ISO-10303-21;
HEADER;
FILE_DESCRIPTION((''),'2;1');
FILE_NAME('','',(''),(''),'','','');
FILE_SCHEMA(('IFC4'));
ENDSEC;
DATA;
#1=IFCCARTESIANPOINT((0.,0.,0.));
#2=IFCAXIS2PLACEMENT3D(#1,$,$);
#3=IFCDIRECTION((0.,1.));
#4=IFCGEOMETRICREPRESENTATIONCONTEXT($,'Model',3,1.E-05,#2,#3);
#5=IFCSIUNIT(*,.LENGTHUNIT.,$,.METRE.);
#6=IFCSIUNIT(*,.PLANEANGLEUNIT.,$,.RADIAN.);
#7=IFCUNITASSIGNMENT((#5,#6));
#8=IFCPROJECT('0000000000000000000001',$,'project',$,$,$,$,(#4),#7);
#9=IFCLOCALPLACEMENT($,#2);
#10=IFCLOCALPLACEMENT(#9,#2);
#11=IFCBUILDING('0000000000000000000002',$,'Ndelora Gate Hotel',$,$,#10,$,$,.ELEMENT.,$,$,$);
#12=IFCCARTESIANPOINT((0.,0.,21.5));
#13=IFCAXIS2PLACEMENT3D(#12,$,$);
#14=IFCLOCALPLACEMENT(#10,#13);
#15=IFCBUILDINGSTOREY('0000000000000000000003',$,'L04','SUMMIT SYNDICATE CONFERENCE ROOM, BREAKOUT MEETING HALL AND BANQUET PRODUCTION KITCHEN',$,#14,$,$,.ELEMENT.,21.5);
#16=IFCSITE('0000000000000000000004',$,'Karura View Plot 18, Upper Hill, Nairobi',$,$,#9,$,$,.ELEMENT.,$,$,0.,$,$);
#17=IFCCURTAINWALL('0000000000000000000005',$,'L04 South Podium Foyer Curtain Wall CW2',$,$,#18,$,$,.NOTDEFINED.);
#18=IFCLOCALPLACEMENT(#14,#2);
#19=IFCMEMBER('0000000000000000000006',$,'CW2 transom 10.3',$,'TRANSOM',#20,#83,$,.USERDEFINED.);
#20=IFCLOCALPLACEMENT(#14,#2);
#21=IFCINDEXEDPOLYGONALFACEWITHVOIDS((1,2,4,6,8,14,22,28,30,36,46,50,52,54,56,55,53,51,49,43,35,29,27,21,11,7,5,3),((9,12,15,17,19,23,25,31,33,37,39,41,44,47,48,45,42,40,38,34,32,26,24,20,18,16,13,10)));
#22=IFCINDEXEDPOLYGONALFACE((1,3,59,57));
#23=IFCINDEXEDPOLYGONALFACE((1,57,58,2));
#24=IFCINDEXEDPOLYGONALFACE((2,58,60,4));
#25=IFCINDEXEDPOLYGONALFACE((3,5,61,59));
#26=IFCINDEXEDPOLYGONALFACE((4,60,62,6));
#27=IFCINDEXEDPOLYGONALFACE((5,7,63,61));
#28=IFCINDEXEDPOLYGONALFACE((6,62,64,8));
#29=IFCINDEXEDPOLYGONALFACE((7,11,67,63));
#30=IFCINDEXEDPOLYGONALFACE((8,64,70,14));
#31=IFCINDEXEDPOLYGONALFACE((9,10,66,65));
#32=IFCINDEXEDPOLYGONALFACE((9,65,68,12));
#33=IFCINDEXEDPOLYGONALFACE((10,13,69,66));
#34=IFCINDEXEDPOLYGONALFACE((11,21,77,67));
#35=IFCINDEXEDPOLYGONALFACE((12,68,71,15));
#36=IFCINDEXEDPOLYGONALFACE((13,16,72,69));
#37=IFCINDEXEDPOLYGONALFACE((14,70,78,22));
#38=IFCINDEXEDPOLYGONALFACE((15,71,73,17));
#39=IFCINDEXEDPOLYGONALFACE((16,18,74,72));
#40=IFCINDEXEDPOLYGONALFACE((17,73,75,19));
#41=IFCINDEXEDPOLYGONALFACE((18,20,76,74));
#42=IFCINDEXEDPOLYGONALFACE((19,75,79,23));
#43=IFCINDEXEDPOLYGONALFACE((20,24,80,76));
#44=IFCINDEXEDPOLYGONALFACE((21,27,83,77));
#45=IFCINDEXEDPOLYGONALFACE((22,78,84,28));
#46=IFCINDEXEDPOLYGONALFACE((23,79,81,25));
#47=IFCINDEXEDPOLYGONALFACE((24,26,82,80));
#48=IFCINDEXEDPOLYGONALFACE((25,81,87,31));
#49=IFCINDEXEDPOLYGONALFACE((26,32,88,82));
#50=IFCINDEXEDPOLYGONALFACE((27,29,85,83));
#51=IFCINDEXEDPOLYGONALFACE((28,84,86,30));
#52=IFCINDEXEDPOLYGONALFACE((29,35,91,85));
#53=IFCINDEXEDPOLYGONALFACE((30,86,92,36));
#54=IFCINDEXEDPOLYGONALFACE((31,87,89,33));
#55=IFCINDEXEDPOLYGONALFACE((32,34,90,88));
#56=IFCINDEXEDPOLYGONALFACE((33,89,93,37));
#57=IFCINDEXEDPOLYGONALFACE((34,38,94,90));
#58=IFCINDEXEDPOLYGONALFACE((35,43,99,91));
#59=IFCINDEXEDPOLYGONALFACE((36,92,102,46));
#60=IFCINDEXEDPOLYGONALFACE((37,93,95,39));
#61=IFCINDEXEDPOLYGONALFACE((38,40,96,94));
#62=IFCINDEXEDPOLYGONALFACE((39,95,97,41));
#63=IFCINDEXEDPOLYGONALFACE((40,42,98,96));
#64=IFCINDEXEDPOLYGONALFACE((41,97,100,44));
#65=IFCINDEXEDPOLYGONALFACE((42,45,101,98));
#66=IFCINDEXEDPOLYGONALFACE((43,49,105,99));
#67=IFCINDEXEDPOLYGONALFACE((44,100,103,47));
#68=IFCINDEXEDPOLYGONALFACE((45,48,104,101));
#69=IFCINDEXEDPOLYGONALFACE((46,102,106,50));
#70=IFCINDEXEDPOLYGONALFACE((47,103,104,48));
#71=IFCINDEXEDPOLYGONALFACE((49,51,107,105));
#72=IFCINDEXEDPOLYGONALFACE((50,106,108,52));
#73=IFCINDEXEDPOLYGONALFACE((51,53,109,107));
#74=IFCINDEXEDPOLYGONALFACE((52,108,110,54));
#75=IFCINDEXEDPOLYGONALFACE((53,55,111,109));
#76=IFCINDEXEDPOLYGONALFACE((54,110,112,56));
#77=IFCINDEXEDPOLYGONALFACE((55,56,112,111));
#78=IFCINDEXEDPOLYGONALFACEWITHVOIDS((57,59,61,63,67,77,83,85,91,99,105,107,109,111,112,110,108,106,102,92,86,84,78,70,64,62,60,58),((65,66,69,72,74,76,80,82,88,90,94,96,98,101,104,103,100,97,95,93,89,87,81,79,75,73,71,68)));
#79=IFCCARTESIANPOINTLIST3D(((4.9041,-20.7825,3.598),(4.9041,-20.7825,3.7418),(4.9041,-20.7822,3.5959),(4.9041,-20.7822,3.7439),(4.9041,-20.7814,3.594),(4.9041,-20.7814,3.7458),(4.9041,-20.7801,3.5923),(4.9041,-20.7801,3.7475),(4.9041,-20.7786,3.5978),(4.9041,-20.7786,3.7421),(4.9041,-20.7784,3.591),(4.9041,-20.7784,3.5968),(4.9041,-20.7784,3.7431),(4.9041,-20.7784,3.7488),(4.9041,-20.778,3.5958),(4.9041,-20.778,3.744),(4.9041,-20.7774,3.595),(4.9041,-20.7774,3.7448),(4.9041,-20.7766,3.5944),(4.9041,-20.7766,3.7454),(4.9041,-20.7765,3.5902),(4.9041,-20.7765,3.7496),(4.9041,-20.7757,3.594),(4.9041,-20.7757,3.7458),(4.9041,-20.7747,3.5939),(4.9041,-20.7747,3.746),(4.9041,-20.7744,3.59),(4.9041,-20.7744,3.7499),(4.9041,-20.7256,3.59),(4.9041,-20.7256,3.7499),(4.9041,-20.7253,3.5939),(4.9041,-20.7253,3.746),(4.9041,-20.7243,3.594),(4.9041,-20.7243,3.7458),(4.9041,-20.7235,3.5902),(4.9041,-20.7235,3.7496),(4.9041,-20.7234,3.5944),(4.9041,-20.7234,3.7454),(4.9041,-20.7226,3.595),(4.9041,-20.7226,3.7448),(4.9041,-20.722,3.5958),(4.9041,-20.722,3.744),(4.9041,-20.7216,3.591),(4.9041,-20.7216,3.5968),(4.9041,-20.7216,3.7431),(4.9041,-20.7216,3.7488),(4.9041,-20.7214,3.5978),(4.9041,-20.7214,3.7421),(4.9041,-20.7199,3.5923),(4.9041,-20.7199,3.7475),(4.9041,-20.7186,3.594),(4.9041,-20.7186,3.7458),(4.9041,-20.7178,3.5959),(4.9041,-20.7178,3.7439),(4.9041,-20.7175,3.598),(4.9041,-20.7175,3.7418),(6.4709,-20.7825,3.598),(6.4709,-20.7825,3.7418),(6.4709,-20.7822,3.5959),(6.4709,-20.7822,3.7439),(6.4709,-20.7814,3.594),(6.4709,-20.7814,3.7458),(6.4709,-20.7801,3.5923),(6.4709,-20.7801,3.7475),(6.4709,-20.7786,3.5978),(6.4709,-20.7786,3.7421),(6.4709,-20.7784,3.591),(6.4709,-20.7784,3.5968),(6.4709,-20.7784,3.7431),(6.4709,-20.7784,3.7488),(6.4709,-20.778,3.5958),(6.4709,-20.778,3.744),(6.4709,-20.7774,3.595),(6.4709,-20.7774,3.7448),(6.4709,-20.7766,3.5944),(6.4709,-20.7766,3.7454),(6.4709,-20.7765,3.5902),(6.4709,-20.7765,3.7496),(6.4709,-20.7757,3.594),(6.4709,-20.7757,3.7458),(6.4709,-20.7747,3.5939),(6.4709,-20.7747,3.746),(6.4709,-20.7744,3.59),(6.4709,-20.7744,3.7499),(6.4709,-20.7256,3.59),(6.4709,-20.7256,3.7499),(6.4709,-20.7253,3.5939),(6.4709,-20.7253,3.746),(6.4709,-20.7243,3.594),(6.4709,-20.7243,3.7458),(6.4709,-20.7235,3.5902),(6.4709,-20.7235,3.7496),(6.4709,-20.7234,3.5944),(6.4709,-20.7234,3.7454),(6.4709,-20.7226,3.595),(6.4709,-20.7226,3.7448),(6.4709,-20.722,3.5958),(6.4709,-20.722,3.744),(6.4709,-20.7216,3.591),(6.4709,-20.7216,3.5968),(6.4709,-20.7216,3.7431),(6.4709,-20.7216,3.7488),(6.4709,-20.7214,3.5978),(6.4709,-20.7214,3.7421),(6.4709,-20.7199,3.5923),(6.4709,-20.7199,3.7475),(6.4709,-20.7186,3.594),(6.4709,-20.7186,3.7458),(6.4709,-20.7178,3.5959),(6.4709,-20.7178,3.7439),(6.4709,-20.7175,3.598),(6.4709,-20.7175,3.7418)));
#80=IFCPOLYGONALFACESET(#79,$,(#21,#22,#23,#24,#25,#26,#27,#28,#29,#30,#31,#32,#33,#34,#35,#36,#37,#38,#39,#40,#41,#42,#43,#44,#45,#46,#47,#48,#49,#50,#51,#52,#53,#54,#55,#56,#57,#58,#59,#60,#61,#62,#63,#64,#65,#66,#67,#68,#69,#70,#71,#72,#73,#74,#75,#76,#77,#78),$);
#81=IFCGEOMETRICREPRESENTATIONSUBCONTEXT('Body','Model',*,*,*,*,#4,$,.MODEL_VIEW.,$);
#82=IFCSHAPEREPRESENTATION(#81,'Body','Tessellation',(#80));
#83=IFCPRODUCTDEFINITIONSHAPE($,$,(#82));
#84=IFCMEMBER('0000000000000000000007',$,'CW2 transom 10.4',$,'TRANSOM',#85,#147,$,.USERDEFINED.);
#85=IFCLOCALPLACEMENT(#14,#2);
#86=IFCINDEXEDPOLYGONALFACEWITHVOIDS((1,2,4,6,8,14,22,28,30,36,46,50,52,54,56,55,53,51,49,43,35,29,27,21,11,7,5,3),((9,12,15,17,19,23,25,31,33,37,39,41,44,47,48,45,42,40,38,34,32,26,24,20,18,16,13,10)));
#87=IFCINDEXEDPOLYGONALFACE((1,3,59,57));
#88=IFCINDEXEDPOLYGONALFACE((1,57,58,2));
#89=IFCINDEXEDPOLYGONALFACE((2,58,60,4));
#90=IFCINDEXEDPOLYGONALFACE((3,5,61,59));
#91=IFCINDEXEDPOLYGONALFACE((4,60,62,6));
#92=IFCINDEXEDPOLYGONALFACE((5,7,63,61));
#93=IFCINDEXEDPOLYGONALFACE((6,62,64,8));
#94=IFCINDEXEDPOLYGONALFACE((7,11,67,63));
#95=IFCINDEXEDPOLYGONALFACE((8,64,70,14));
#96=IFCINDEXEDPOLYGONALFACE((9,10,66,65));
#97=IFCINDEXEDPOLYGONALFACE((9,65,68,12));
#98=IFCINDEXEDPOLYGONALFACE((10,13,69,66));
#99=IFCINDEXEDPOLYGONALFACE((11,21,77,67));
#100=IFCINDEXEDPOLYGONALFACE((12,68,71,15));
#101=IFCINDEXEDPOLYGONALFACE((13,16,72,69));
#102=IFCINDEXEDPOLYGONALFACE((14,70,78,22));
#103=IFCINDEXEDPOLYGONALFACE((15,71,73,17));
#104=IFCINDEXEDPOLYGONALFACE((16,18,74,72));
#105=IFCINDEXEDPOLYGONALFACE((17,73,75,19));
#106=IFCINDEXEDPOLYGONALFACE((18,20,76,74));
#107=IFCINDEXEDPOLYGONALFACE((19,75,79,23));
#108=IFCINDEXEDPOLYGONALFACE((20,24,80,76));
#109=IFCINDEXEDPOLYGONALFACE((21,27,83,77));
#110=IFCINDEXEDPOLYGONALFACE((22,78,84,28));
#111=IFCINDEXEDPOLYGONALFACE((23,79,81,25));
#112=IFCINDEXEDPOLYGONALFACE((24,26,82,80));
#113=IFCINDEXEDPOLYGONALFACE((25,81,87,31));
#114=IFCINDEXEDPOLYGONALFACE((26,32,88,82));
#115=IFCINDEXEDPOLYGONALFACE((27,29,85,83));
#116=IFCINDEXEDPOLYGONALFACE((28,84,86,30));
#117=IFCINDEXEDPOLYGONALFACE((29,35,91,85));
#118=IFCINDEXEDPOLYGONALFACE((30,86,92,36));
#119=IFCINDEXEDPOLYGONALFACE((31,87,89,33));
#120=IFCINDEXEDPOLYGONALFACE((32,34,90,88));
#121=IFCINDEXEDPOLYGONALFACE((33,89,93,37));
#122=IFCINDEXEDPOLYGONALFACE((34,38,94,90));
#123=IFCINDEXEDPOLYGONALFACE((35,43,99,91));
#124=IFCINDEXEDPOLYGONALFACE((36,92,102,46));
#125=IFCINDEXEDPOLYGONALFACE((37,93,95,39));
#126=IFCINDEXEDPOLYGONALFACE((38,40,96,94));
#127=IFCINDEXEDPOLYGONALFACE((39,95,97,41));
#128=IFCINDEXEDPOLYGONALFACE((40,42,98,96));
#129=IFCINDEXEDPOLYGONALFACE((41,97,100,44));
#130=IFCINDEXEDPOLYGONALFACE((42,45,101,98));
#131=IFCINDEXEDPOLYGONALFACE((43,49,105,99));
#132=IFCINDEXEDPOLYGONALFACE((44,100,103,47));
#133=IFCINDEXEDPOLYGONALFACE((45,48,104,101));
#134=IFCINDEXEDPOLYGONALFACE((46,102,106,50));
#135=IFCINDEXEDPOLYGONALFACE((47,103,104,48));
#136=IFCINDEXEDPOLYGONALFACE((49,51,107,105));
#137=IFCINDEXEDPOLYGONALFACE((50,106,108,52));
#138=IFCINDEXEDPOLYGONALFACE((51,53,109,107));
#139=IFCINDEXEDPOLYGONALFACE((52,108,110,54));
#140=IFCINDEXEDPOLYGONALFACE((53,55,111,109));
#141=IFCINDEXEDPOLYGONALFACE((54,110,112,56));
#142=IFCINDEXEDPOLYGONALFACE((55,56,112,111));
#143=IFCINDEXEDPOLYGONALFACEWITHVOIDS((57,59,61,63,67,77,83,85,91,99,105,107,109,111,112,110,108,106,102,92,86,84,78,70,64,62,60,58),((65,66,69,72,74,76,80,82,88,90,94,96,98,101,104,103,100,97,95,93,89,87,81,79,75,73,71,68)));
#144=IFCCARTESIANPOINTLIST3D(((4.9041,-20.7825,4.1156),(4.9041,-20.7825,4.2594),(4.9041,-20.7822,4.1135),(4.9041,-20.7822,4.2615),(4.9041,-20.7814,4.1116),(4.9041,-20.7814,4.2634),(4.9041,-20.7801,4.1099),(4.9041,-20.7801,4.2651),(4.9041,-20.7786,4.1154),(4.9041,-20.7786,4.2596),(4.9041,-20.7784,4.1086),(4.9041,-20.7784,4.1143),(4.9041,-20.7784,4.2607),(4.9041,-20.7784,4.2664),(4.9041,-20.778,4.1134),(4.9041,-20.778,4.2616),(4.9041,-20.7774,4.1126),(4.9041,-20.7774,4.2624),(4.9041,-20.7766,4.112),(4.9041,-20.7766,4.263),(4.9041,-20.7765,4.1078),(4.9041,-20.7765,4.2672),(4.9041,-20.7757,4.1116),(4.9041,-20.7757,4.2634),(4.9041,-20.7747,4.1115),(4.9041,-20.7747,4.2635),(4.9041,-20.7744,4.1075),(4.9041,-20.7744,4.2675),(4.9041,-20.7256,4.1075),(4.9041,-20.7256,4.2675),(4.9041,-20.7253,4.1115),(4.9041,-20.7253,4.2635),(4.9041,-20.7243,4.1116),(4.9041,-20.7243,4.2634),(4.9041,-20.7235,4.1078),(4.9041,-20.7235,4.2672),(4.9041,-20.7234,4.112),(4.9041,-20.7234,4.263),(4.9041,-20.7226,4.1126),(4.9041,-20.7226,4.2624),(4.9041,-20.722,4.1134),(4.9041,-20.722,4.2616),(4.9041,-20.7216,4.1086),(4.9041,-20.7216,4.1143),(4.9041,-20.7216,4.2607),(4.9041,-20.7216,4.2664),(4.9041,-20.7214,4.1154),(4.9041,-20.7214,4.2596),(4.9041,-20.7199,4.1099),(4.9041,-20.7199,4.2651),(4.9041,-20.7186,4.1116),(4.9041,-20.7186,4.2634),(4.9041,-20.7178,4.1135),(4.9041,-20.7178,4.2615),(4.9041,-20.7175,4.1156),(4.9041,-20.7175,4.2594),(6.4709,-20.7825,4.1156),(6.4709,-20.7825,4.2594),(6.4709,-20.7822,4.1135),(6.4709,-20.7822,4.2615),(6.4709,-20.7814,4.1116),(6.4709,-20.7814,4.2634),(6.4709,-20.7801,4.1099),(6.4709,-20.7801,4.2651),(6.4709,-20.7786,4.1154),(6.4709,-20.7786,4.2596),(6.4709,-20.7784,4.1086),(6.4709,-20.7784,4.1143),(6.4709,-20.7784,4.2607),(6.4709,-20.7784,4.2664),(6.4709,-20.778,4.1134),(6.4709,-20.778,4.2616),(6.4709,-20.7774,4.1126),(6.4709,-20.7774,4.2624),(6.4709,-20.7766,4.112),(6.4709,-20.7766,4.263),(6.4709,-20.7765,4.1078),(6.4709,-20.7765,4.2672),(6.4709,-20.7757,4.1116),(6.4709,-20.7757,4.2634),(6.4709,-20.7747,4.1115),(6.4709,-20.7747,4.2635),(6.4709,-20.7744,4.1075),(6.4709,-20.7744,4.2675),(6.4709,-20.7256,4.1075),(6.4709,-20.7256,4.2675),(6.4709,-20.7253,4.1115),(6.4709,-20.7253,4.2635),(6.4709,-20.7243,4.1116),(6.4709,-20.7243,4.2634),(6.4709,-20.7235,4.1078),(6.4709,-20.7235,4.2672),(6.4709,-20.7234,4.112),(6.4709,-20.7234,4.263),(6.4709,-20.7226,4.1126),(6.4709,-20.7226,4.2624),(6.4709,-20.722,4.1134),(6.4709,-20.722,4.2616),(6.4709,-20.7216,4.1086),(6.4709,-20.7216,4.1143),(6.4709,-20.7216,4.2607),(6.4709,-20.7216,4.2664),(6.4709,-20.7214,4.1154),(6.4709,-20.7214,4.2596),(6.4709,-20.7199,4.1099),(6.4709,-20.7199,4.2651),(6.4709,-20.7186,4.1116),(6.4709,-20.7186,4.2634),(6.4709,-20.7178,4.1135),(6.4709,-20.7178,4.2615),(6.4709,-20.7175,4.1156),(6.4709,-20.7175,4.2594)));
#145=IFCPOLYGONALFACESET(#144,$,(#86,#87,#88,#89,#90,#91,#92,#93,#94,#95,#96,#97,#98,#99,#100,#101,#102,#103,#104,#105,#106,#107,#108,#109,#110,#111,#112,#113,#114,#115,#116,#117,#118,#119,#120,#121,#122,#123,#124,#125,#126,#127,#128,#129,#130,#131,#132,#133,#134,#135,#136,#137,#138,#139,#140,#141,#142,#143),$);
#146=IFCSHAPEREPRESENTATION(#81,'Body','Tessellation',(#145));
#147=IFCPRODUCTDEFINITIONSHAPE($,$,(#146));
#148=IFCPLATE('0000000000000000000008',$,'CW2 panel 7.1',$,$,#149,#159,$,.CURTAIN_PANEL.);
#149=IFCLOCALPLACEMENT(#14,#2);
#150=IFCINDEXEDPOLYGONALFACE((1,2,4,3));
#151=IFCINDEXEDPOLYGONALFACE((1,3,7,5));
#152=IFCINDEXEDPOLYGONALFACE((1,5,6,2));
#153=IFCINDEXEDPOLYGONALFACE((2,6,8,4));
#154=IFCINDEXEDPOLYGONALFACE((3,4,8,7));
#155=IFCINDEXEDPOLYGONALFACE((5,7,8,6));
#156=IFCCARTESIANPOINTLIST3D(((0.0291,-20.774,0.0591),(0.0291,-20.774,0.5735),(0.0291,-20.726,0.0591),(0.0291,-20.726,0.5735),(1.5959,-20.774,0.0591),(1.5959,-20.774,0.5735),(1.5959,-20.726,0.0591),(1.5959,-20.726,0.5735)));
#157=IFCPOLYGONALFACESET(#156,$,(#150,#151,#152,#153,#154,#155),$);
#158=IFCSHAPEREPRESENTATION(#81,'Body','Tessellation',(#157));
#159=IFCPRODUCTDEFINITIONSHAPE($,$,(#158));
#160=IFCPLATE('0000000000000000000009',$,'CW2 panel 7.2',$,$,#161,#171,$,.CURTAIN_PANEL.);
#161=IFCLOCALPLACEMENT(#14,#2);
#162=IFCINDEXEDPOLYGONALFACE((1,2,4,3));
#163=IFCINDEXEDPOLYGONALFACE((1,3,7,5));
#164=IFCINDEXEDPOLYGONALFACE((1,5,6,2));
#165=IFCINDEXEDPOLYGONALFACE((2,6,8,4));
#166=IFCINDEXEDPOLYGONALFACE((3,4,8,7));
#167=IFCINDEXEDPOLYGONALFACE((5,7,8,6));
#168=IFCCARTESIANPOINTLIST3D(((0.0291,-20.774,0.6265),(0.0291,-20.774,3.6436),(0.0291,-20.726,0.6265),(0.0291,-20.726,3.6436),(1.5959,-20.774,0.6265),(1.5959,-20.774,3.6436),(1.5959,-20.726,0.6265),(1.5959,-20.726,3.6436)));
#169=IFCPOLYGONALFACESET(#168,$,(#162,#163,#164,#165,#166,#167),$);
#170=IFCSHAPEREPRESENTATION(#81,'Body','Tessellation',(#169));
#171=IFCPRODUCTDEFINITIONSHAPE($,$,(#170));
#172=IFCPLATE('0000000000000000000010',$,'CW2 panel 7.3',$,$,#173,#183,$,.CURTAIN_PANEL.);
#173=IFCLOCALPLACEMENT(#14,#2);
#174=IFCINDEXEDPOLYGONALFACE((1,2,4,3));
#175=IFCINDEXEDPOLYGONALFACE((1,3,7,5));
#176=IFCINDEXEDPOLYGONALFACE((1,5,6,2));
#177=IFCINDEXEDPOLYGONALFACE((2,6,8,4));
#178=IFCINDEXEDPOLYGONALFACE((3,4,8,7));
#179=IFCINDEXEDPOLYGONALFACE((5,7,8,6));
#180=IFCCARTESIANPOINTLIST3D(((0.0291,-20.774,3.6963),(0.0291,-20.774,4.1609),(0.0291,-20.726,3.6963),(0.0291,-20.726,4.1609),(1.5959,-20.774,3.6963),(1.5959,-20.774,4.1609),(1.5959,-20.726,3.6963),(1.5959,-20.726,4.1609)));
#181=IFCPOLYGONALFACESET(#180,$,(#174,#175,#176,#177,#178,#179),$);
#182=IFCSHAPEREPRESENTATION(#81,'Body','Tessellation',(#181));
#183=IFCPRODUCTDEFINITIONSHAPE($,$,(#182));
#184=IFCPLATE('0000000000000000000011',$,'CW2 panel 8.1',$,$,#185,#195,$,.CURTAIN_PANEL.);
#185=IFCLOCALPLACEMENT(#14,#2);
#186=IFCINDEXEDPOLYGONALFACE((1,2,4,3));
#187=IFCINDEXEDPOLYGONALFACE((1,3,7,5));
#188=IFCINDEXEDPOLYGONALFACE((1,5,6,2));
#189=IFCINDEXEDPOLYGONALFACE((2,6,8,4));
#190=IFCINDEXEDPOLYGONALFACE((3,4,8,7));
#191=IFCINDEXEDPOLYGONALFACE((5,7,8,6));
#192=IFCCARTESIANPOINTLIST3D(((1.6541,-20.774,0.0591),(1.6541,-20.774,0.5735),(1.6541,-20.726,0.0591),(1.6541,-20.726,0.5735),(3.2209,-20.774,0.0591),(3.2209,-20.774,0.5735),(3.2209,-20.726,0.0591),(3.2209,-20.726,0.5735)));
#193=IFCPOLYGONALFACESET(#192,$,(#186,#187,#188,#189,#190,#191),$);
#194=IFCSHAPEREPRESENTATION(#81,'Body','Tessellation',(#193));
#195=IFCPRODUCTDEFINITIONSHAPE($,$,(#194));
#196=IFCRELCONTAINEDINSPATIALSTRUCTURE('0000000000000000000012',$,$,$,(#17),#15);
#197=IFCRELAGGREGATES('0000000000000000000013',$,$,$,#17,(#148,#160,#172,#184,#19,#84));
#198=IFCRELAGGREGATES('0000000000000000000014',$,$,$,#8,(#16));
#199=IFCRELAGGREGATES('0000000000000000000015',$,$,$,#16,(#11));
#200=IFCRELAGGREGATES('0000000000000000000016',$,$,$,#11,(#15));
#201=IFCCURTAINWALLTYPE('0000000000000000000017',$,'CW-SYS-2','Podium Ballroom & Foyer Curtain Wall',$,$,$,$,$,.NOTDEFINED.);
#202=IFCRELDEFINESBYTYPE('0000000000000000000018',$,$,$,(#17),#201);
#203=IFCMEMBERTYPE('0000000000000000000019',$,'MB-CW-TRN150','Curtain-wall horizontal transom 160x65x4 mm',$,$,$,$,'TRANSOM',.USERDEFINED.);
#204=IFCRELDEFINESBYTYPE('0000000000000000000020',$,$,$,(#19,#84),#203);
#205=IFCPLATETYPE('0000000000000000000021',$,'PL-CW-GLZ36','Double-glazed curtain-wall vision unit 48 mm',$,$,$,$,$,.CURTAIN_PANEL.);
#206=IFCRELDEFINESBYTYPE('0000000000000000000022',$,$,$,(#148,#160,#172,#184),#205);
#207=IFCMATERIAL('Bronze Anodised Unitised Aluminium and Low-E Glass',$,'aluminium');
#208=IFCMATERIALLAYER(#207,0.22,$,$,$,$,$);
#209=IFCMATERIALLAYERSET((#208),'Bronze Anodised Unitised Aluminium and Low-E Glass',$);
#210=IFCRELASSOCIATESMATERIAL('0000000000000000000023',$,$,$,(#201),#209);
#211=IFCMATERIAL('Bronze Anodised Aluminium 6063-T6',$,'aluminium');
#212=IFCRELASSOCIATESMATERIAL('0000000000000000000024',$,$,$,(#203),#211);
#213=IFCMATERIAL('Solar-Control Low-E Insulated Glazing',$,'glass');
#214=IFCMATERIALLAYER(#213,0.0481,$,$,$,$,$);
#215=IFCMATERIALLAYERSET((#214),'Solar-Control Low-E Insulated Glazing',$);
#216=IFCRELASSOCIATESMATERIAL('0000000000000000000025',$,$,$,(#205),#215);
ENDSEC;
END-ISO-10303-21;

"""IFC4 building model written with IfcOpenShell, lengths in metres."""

from ifc_helpers import new_model, si_unit, direction, frame, origin, origin_2d, place, context, subcontext, project, spatial, rectangle, hollow_rectangle, extrude, material, layer, layer_set, material_profile, profile_set, type_object, element, aggregate, save


model = new_model("IFC4")

# Units and contexts
model_context = context("Model", 3, precision=1e-05, world=origin(), true_north=direction((0.0, 1.0)))
body_context = subcontext(model_context, "Body", "Model", "MODEL_VIEW")
ifc_project = project(units=[si_unit("LENGTHUNIT", "METRE"), si_unit("PLANEANGLEUNIT", "RADIAN")], contexts=[model_context])

# Site, building, storey
site_placement = place(None, origin())
site = spatial("IfcSite", under=ifc_project, at=site_placement, Name="Karura View Plot 18, Upper Hill, Nairobi", CompositionType="ELEMENT", RefElevation=0.0)
building_placement = place(site_placement, origin())
building = spatial("IfcBuilding", under=site, at=building_placement, Name="Ndelora Gate Hotel", CompositionType="ELEMENT")
storey_placement = place(building_placement, frame((0.0, 0.0, 21.5)))
storey = spatial("IfcBuildingStorey", under=building, at=storey_placement, Name="L04", Description="SUMMIT SYNDICATE CONFERENCE ROOM, BREAKOUT MEETING HALL AND BANQUET PRODUCTION KITCHEN", CompositionType="ELEMENT", Elevation=21.5)

# Curtain wall, members, plates
ifc_material_1 = material(Name="Bronze Anodised Unitised Aluminium and Low-E Glass", Category="aluminium")
ifc_layer_1 = layer(ifc_material_1, 0.22)
ifc_layer_set_1 = layer_set([ifc_layer_1], Name="Bronze Anodised Unitised Aluminium and Low-E Glass")
curtain_wall_type = type_object("IfcCurtainWallType", Name="CW-SYS-2", Description="Podium Ballroom & Foyer Curtain Wall", PredefinedType="NOTDEFINED", material=ifc_layer_set_1)
curtain_wall_placement = place(storey_placement, origin())
curtain_wall = element("IfcCurtainWall", 1, at=curtain_wall_placement, inside=storey, type_object=curtain_wall_type, Name="L04 South Podium Foyer Curtain Wall CW2", PredefinedType="NOTDEFINED")
ifc_material_2 = material(Name="Bronze Anodised Aluminium 6063-T6", Category="aluminium")
ifc_material_profile_1 = material_profile(ifc_material_2, hollow_rectangle(XDim=0.0649, YDim=0.1599, WallThickness=0.0039, InnerFilletRadius=0.0039, OuterFilletRadius=0.0081, at=origin_2d()), Name="ALU 160x65x4")
ifc_profile_set_1 = profile_set([ifc_material_profile_1], Name="Bronze Anodised Aluminium 6063-T6")
member_type_1 = type_object("IfcMemberType", Name="MB-CW-TRN150", Description="Curtain-wall horizontal transom 160x65x4 mm", ElementType="TRANSOM", PredefinedType="USERDEFINED", material=ifc_profile_set_1)
member_1_placement = place(storey_placement, frame((4.9041, -20.75, 3.6699), z_axis=(1.0, 0.0, 0.0), x_axis=(0.0, 1.0, 0.0)))
member_1 = element("IfcMember", 2, at=member_1_placement, type_object=member_type_1, Name="CW2 transom 10.3", ObjectType="TRANSOM", PredefinedType="USERDEFINED", context=body_context, shape_type="SweptSolid", body=[
    extrude(hollow_rectangle(XDim=0.0649, YDim=0.1599, WallThickness=0.0039, InnerFilletRadius=0.0039, OuterFilletRadius=0.0081, at=origin_2d()), origin(), (0.0, 0.0, 1.0), 1.5669),
])
member_2_placement = place(storey_placement, frame((4.9041, -20.75, 4.1875), z_axis=(1.0, 0.0, 0.0), x_axis=(0.0, 1.0, 0.0)))
member_2 = element("IfcMember", 3, at=member_2_placement, type_object=member_type_1, Name="CW2 transom 10.4", ObjectType="TRANSOM", PredefinedType="USERDEFINED", context=body_context, shape_type="SweptSolid", body=[
    extrude(hollow_rectangle(XDim=0.0649, YDim=0.1599, WallThickness=0.0039, InnerFilletRadius=0.0039, OuterFilletRadius=0.0081, at=origin_2d()), origin(), (0.0, 0.0, 1.0), 1.5669),
])
ifc_material_3 = material(Name="Solar-Control Low-E Insulated Glazing", Category="glass")
ifc_layer_2 = layer(ifc_material_3, 0.0481)
ifc_layer_set_2 = layer_set([ifc_layer_2], Name="Solar-Control Low-E Insulated Glazing")
plate_type = type_object("IfcPlateType", Name="PL-CW-GLZ36", Description="Double-glazed curtain-wall vision unit 48 mm", PredefinedType="CURTAIN_PANEL", material=ifc_layer_set_2)
plate_1_placement = place(storey_placement, frame((0.8125, -20.75, 0.0591), z_axis=(0.0, 0.0, 1.0), x_axis=(1.0, 0.0, 0.0)))
plate_1 = element("IfcPlate", 4, at=plate_1_placement, type_object=plate_type, Name="CW2 panel 7.1", PredefinedType="CURTAIN_PANEL", context=body_context, shape_type="SweptSolid", body=[
    extrude(rectangle(XDim=1.5669, YDim=0.0481, at=origin_2d()), origin(), (0.0, 0.0, 1.0), 0.5144),
])
plate_2_placement = place(storey_placement, frame((0.8125, -20.75, 0.6265), z_axis=(0.0, 0.0, 1.0), x_axis=(1.0, 0.0, 0.0)))
plate_2 = element("IfcPlate", 5, at=plate_2_placement, type_object=plate_type, Name="CW2 panel 7.2", PredefinedType="CURTAIN_PANEL", context=body_context, shape_type="SweptSolid", body=[
    extrude(rectangle(XDim=1.5669, YDim=0.0481, at=origin_2d()), origin(), (0.0, 0.0, 1.0), 3.0171),
])
plate_3_placement = place(storey_placement, frame((0.8125, -20.75, 3.6963), z_axis=(0.0, 0.0, 1.0), x_axis=(1.0, 0.0, 0.0)))
plate_3 = element("IfcPlate", 6, at=plate_3_placement, type_object=plate_type, Name="CW2 panel 7.3", PredefinedType="CURTAIN_PANEL", context=body_context, shape_type="SweptSolid", body=[
    extrude(rectangle(XDim=1.5669, YDim=0.0481, at=origin_2d()), origin(), (0.0, 0.0, 1.0), 0.4646),
])
plate_4_placement = place(storey_placement, frame((2.4375, -20.75, 0.0591), z_axis=(0.0, 0.0, 1.0), x_axis=(1.0, 0.0, 0.0)))
plate_4 = element("IfcPlate", 7, at=plate_4_placement, type_object=plate_type, Name="CW2 panel 8.1", PredefinedType="CURTAIN_PANEL", context=body_context, shape_type="SweptSolid", body=[
    extrude(rectangle(XDim=1.5669, YDim=0.0481, at=origin_2d()), origin(), (0.0, 0.0, 1.0), 0.5144),
])
aggregate(curtain_wall, [plate_1, plate_2, plate_3, plate_4, member_1, member_2])

save(model, "model.ifc")
